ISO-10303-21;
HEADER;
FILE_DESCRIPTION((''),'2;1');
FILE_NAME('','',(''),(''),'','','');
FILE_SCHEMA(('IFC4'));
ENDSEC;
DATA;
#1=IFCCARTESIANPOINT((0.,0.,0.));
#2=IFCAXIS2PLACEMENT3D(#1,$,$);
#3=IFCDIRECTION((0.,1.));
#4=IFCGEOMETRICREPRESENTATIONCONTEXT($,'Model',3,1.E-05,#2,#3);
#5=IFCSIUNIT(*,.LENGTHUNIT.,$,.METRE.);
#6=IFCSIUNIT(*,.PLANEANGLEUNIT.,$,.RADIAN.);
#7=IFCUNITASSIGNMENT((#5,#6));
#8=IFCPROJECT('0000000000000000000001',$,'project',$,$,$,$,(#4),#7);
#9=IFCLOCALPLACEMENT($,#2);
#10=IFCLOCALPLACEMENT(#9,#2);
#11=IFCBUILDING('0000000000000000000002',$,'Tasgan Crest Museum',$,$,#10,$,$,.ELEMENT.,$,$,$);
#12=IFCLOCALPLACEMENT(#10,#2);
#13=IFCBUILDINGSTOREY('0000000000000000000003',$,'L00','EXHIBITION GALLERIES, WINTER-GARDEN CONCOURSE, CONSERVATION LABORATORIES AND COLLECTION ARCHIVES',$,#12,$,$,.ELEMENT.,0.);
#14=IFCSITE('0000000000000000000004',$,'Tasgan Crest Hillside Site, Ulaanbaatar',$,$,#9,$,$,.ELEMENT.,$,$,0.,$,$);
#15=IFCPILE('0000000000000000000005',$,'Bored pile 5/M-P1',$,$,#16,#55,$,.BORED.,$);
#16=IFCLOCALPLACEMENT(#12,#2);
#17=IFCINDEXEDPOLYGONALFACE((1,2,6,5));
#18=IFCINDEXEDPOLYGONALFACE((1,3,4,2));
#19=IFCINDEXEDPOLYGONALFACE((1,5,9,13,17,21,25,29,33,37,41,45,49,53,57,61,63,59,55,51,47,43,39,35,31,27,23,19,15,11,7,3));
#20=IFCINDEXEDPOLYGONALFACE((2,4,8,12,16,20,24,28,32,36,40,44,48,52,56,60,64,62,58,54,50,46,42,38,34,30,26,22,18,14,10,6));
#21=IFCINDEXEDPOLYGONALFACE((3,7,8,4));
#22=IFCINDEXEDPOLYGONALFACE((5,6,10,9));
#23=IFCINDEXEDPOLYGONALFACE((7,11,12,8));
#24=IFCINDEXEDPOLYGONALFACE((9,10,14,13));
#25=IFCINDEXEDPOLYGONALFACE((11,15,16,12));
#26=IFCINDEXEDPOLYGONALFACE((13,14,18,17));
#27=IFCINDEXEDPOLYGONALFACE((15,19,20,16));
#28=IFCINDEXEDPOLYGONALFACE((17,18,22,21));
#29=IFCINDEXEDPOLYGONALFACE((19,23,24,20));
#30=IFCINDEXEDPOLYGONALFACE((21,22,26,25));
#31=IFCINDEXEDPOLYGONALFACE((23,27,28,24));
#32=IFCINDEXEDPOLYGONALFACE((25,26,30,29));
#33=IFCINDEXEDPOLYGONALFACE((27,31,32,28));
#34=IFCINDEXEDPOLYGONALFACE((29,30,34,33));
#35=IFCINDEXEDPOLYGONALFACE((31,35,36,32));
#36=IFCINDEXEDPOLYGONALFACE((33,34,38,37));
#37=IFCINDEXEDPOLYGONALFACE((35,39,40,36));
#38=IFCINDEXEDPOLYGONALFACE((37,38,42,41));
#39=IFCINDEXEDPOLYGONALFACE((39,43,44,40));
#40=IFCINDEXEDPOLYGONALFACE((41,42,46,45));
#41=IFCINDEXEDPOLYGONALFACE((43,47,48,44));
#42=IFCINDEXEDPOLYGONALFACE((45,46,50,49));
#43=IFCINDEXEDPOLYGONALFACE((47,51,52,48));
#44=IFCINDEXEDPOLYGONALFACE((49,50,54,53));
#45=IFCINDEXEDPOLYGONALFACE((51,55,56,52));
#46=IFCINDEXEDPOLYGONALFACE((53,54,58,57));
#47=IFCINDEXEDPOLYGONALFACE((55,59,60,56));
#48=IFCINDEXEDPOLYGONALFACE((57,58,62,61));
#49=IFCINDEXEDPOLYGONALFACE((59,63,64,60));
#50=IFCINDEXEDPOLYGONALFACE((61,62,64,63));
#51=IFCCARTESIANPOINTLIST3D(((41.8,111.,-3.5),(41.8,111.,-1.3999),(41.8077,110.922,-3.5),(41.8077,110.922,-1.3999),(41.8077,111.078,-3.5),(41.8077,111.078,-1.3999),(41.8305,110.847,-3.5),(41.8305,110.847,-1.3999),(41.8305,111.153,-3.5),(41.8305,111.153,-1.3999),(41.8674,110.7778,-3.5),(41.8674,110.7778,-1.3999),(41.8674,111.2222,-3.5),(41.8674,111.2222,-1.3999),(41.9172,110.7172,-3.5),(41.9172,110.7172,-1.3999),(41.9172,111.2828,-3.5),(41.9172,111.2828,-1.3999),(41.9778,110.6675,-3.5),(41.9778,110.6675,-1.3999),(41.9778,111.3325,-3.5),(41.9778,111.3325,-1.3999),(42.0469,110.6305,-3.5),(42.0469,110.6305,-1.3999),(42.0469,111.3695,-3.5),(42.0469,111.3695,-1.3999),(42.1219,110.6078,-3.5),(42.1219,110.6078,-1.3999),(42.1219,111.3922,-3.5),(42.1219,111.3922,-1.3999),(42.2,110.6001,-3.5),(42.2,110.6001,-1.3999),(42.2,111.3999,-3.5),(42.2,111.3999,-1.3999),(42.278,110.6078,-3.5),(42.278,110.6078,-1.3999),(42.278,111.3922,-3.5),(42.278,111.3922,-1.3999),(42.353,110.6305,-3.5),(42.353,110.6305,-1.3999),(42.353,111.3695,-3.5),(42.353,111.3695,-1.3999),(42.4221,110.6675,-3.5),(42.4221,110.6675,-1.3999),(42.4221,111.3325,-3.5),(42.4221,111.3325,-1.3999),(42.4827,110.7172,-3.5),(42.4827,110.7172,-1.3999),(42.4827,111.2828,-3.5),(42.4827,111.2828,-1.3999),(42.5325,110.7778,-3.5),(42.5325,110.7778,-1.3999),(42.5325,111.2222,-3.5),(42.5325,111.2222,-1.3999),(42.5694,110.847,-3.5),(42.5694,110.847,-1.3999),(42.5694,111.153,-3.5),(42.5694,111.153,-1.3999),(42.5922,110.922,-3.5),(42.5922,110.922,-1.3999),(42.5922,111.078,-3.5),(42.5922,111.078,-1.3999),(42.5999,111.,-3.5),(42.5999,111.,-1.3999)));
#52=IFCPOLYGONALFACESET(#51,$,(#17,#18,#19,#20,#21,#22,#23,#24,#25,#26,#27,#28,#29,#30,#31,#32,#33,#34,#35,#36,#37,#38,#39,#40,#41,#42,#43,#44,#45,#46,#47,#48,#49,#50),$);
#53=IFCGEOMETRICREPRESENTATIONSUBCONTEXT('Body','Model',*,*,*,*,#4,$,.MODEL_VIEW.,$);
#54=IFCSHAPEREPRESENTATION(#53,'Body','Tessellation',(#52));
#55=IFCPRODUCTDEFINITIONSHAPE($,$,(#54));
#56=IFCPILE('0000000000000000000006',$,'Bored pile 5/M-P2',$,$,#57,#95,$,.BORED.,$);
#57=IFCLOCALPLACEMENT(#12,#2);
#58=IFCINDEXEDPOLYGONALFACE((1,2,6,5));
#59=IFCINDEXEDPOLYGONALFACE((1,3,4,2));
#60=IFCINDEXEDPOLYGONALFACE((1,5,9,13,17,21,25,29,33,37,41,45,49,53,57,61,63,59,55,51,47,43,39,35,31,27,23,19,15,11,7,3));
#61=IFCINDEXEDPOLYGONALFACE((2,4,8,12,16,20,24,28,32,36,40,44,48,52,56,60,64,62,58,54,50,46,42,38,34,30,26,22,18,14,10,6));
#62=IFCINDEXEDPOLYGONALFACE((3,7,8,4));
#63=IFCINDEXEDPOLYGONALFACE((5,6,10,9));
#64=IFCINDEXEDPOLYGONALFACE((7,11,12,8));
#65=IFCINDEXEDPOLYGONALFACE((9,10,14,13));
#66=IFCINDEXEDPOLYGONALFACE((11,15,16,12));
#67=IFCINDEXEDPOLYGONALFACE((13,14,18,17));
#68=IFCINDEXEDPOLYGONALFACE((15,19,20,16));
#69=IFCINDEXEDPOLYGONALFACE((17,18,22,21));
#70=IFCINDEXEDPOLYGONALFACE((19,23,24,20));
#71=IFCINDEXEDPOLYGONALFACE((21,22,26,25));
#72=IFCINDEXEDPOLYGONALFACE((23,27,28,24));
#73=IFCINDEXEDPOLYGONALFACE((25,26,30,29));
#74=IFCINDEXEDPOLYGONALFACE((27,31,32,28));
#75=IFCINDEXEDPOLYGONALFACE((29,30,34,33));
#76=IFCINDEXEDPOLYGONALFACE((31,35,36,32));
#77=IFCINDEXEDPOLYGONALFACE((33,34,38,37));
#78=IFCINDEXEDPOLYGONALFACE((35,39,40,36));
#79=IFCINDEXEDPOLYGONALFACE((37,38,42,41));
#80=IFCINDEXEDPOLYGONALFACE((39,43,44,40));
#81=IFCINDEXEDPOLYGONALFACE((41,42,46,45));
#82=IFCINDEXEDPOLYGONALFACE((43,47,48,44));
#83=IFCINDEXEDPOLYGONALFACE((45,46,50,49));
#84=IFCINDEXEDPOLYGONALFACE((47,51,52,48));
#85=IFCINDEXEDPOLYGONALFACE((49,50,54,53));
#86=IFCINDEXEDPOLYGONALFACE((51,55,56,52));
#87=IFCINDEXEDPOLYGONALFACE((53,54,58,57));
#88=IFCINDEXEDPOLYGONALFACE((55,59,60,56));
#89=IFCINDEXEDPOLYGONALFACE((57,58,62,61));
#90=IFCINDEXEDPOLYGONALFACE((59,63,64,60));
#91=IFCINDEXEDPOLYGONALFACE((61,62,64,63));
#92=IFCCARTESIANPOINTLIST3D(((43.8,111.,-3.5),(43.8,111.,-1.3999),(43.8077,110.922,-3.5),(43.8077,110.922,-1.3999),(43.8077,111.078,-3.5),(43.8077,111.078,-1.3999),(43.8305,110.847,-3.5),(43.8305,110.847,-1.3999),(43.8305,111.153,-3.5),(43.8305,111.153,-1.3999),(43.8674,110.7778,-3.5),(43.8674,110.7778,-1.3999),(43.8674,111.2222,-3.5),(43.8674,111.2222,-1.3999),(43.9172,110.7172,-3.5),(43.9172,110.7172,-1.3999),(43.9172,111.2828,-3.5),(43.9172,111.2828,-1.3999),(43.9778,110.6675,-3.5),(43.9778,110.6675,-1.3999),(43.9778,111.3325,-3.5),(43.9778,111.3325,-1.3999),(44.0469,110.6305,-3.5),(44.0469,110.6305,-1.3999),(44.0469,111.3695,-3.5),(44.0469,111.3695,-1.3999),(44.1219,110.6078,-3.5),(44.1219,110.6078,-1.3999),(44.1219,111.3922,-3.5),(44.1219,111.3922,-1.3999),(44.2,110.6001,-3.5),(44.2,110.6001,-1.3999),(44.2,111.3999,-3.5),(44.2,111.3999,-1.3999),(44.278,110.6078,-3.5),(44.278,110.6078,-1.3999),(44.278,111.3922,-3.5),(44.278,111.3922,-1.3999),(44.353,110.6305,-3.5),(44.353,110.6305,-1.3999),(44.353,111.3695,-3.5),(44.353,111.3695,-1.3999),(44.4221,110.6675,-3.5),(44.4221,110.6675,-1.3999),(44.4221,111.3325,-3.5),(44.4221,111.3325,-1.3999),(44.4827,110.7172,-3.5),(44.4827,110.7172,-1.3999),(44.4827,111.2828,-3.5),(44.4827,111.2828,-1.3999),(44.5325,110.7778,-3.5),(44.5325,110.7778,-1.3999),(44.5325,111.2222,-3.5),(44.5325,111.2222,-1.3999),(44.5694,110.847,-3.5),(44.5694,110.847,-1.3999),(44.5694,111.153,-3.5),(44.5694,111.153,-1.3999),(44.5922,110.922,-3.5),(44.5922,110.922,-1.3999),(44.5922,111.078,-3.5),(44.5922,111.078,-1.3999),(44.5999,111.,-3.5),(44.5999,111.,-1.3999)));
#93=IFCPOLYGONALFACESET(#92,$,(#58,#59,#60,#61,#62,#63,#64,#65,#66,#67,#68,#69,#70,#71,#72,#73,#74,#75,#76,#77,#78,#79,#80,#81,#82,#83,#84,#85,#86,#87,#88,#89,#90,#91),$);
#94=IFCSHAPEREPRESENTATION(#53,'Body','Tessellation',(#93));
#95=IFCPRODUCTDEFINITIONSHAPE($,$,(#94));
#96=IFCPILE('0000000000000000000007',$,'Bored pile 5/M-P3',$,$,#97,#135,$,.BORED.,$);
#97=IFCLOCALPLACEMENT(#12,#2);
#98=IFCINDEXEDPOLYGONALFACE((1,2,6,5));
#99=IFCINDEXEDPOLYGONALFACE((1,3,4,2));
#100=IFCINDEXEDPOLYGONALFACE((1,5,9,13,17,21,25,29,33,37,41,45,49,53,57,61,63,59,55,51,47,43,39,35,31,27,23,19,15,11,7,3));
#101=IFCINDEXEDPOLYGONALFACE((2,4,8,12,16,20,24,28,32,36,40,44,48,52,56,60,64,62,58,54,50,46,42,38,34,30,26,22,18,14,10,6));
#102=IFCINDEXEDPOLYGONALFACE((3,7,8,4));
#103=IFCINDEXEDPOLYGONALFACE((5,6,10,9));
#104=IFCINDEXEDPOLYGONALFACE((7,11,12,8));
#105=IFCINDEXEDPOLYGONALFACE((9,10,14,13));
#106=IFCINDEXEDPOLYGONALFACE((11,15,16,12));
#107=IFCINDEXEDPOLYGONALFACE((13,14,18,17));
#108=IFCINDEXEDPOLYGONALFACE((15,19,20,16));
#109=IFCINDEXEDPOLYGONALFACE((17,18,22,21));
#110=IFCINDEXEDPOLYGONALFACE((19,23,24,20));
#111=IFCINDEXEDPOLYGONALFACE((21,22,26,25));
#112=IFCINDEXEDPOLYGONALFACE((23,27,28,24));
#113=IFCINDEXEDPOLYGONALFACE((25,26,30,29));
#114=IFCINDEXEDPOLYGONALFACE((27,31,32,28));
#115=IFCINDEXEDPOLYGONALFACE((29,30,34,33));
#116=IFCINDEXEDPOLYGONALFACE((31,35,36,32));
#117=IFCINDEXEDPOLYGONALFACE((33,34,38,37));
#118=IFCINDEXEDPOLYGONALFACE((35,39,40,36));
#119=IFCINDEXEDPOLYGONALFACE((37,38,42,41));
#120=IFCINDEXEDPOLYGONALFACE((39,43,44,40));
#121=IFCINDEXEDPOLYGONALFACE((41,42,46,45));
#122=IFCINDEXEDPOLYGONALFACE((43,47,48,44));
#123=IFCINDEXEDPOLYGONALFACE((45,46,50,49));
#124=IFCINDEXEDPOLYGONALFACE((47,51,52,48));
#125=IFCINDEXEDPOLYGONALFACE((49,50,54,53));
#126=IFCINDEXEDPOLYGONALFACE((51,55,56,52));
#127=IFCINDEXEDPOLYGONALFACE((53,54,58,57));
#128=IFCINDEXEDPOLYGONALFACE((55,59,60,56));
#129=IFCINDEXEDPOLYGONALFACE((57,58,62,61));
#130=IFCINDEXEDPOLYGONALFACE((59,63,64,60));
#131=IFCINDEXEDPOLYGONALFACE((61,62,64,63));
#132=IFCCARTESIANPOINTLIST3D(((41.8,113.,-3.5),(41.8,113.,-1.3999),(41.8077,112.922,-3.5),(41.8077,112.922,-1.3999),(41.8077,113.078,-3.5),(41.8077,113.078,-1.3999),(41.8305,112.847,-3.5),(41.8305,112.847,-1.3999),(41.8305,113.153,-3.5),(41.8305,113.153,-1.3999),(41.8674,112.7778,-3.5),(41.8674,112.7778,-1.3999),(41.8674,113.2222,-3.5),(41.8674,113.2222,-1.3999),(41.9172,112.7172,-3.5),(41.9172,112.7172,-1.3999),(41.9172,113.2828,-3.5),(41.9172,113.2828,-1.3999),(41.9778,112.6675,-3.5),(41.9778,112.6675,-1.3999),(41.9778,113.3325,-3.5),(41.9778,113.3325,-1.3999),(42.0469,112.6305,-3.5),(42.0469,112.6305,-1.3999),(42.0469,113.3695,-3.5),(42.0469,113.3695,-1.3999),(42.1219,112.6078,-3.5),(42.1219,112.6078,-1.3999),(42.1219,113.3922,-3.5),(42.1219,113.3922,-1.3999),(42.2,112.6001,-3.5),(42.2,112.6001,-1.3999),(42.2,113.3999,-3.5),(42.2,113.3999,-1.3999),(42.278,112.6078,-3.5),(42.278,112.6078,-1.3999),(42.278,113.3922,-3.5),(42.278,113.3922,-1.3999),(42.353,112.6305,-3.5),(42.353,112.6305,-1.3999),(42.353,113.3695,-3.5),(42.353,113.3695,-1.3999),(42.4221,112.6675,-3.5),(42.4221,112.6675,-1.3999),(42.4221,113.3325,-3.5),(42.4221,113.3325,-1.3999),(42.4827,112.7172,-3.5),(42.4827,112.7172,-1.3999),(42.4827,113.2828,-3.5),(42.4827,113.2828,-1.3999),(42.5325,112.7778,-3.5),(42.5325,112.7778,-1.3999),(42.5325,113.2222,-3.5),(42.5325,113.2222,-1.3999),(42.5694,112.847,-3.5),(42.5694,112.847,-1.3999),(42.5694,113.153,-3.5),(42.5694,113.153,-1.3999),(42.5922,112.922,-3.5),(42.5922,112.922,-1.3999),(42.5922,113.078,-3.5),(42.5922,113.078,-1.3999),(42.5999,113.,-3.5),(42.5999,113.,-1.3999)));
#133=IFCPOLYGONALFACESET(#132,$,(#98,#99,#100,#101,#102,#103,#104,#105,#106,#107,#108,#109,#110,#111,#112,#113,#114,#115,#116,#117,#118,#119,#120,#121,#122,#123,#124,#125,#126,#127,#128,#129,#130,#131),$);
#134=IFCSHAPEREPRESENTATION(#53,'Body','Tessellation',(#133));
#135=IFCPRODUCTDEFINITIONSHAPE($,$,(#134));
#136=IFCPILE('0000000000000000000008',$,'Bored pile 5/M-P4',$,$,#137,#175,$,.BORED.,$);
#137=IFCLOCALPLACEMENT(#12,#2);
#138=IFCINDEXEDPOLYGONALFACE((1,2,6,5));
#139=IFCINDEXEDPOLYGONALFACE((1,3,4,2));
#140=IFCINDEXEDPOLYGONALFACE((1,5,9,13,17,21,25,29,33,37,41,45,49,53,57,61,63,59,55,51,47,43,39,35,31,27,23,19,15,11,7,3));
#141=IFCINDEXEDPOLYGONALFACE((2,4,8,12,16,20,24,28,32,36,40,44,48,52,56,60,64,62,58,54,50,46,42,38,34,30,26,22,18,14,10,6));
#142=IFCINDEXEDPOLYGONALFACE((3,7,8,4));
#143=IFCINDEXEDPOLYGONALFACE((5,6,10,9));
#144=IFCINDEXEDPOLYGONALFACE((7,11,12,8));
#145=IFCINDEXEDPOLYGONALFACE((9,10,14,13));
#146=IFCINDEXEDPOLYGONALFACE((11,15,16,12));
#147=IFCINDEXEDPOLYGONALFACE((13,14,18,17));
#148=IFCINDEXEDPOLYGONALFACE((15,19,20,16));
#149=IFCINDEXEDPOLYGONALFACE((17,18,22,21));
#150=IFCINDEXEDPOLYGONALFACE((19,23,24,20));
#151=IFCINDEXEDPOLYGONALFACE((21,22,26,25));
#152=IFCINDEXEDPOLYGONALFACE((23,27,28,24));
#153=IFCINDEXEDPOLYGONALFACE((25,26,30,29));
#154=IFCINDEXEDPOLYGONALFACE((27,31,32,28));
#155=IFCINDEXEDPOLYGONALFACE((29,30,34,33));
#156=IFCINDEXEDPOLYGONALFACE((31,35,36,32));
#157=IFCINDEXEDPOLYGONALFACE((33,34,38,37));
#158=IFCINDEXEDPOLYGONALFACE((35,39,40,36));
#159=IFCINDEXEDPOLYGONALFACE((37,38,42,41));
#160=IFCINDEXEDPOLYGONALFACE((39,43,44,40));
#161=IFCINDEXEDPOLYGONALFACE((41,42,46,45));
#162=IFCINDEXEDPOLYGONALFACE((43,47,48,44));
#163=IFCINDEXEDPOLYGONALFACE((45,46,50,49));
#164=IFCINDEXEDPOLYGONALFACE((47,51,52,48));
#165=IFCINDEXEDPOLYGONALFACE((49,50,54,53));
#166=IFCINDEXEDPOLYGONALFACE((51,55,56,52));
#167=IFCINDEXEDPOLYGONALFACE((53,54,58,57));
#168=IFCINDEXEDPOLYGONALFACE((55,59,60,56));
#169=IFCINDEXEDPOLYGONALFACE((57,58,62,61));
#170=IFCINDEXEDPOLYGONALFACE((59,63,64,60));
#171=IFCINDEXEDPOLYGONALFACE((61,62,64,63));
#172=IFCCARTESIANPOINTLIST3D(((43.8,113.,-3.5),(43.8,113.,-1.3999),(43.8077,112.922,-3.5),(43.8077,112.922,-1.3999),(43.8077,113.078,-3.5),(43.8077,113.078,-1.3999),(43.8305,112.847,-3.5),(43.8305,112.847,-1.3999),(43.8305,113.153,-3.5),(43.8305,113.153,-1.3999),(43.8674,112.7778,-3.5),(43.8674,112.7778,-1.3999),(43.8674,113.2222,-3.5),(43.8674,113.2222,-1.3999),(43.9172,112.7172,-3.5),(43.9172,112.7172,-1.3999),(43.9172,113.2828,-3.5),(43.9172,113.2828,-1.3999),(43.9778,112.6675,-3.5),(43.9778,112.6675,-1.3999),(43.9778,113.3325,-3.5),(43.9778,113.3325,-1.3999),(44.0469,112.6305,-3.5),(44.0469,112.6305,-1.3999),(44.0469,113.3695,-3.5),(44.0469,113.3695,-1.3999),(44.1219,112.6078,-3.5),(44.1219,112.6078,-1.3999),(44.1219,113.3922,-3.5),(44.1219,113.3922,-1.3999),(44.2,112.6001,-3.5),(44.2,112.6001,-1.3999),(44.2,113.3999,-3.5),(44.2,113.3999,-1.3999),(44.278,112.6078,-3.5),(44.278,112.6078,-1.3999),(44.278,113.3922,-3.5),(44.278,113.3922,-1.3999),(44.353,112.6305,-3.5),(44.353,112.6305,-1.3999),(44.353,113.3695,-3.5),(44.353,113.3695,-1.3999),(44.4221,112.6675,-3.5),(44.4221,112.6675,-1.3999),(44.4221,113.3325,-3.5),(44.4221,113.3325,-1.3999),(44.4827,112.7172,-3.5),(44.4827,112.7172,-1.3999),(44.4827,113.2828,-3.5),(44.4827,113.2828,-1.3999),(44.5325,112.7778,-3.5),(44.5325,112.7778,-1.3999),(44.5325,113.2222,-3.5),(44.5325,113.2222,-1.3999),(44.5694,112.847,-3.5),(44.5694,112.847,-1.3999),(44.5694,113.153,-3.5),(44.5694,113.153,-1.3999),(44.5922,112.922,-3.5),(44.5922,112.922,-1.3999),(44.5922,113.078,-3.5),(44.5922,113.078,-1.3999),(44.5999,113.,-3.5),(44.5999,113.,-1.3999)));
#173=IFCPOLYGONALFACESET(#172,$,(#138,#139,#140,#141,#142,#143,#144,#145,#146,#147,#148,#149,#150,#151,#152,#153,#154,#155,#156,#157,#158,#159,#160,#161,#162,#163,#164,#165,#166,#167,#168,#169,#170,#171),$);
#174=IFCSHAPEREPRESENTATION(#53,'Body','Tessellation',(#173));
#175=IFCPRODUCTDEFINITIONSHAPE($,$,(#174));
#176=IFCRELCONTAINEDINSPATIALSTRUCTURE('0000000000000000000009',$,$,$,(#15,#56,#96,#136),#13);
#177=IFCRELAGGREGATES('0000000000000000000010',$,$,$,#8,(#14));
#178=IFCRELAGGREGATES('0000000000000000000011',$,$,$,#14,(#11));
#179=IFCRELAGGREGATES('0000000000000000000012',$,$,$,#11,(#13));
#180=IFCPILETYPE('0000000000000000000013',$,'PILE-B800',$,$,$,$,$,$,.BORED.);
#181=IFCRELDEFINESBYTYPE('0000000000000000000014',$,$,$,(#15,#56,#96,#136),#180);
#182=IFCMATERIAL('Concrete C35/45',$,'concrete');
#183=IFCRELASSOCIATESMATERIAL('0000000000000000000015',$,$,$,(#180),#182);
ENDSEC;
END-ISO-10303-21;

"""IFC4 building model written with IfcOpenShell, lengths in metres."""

from ifc_helpers import new_model, si_unit, direction, frame, origin, origin_2d, place, context, subcontext, project, spatial, circle, extrude, material, material_profile, profile_set, type_object, element, save


model = new_model("IFC4")

# Units and contexts
model_context = context("Model", 3, precision=1e-05, world=origin(), true_north=direction((0.0, 1.0)))
body_context = subcontext(model_context, "Body", "Model", "MODEL_VIEW")
ifc_project = project(units=[si_unit("LENGTHUNIT", "METRE"), si_unit("PLANEANGLEUNIT", "RADIAN")], contexts=[model_context])

# Site, building, storey
site_placement = place(None, origin())
site = spatial("IfcSite", under=ifc_project, at=site_placement, Name="Tasgan Crest Hillside Site, Ulaanbaatar", CompositionType="ELEMENT", RefElevation=0.0)
building_placement = place(site_placement, origin())
building = spatial("IfcBuilding", under=site, at=building_placement, Name="Tasgan Crest Museum", CompositionType="ELEMENT")
storey_placement = place(building_placement, origin())
storey = spatial("IfcBuildingStorey", under=building, at=storey_placement, Name="L00", Description="EXHIBITION GALLERIES, WINTER-GARDEN CONCOURSE, CONSERVATION LABORATORIES AND COLLECTION ARCHIVES", CompositionType="ELEMENT", Elevation=0.0)

# Piles
ifc_material_1 = material(Name="Concrete C35/45", Category="concrete")
ifc_material_profile_1 = material_profile(ifc_material_1, circle(Radius=0.3999, at=origin_2d()), Name="PILE D800")
ifc_profile_set_1 = profile_set([ifc_material_profile_1], Name="Concrete C35/45")
pile_type = type_object("IfcPileType", Name="PILE-B800", PredefinedType="BORED", material=ifc_profile_set_1)
for number, where, z_axis, x_axis, name in (
    (1, (42.2, 111.0, -1.3999), (0.0, 0.0, -1.0), (1.0, 0.0, 0.0), "Bored pile 5/M-P1"),
    (2, (44.2, 111.0, -1.3999), (0.0, 0.0, -1.0), (1.0, 0.0, 0.0), "Bored pile 5/M-P2"),
    (3, (42.2, 113.0, -1.3999), (0.0, 0.0, -1.0), (1.0, 0.0, 0.0), "Bored pile 5/M-P3"),
    (4, (44.2, 113.0, -1.3999), (0.0, 0.0, -1.0), (1.0, 0.0, 0.0), "Bored pile 5/M-P4"),
):
    element("IfcPile", number, at=place(storey_placement, frame(where, z_axis=z_axis, x_axis=x_axis)), inside=storey, type_object=pile_type, Name=name, PredefinedType="BORED", context=body_context, shape_type="SweptSolid", body=[
        extrude(circle(Radius=0.3999, at=origin_2d()), origin(), (0.0, 0.0, 1.0), 2.1001),
    ])

save(model, "model.ifc")
